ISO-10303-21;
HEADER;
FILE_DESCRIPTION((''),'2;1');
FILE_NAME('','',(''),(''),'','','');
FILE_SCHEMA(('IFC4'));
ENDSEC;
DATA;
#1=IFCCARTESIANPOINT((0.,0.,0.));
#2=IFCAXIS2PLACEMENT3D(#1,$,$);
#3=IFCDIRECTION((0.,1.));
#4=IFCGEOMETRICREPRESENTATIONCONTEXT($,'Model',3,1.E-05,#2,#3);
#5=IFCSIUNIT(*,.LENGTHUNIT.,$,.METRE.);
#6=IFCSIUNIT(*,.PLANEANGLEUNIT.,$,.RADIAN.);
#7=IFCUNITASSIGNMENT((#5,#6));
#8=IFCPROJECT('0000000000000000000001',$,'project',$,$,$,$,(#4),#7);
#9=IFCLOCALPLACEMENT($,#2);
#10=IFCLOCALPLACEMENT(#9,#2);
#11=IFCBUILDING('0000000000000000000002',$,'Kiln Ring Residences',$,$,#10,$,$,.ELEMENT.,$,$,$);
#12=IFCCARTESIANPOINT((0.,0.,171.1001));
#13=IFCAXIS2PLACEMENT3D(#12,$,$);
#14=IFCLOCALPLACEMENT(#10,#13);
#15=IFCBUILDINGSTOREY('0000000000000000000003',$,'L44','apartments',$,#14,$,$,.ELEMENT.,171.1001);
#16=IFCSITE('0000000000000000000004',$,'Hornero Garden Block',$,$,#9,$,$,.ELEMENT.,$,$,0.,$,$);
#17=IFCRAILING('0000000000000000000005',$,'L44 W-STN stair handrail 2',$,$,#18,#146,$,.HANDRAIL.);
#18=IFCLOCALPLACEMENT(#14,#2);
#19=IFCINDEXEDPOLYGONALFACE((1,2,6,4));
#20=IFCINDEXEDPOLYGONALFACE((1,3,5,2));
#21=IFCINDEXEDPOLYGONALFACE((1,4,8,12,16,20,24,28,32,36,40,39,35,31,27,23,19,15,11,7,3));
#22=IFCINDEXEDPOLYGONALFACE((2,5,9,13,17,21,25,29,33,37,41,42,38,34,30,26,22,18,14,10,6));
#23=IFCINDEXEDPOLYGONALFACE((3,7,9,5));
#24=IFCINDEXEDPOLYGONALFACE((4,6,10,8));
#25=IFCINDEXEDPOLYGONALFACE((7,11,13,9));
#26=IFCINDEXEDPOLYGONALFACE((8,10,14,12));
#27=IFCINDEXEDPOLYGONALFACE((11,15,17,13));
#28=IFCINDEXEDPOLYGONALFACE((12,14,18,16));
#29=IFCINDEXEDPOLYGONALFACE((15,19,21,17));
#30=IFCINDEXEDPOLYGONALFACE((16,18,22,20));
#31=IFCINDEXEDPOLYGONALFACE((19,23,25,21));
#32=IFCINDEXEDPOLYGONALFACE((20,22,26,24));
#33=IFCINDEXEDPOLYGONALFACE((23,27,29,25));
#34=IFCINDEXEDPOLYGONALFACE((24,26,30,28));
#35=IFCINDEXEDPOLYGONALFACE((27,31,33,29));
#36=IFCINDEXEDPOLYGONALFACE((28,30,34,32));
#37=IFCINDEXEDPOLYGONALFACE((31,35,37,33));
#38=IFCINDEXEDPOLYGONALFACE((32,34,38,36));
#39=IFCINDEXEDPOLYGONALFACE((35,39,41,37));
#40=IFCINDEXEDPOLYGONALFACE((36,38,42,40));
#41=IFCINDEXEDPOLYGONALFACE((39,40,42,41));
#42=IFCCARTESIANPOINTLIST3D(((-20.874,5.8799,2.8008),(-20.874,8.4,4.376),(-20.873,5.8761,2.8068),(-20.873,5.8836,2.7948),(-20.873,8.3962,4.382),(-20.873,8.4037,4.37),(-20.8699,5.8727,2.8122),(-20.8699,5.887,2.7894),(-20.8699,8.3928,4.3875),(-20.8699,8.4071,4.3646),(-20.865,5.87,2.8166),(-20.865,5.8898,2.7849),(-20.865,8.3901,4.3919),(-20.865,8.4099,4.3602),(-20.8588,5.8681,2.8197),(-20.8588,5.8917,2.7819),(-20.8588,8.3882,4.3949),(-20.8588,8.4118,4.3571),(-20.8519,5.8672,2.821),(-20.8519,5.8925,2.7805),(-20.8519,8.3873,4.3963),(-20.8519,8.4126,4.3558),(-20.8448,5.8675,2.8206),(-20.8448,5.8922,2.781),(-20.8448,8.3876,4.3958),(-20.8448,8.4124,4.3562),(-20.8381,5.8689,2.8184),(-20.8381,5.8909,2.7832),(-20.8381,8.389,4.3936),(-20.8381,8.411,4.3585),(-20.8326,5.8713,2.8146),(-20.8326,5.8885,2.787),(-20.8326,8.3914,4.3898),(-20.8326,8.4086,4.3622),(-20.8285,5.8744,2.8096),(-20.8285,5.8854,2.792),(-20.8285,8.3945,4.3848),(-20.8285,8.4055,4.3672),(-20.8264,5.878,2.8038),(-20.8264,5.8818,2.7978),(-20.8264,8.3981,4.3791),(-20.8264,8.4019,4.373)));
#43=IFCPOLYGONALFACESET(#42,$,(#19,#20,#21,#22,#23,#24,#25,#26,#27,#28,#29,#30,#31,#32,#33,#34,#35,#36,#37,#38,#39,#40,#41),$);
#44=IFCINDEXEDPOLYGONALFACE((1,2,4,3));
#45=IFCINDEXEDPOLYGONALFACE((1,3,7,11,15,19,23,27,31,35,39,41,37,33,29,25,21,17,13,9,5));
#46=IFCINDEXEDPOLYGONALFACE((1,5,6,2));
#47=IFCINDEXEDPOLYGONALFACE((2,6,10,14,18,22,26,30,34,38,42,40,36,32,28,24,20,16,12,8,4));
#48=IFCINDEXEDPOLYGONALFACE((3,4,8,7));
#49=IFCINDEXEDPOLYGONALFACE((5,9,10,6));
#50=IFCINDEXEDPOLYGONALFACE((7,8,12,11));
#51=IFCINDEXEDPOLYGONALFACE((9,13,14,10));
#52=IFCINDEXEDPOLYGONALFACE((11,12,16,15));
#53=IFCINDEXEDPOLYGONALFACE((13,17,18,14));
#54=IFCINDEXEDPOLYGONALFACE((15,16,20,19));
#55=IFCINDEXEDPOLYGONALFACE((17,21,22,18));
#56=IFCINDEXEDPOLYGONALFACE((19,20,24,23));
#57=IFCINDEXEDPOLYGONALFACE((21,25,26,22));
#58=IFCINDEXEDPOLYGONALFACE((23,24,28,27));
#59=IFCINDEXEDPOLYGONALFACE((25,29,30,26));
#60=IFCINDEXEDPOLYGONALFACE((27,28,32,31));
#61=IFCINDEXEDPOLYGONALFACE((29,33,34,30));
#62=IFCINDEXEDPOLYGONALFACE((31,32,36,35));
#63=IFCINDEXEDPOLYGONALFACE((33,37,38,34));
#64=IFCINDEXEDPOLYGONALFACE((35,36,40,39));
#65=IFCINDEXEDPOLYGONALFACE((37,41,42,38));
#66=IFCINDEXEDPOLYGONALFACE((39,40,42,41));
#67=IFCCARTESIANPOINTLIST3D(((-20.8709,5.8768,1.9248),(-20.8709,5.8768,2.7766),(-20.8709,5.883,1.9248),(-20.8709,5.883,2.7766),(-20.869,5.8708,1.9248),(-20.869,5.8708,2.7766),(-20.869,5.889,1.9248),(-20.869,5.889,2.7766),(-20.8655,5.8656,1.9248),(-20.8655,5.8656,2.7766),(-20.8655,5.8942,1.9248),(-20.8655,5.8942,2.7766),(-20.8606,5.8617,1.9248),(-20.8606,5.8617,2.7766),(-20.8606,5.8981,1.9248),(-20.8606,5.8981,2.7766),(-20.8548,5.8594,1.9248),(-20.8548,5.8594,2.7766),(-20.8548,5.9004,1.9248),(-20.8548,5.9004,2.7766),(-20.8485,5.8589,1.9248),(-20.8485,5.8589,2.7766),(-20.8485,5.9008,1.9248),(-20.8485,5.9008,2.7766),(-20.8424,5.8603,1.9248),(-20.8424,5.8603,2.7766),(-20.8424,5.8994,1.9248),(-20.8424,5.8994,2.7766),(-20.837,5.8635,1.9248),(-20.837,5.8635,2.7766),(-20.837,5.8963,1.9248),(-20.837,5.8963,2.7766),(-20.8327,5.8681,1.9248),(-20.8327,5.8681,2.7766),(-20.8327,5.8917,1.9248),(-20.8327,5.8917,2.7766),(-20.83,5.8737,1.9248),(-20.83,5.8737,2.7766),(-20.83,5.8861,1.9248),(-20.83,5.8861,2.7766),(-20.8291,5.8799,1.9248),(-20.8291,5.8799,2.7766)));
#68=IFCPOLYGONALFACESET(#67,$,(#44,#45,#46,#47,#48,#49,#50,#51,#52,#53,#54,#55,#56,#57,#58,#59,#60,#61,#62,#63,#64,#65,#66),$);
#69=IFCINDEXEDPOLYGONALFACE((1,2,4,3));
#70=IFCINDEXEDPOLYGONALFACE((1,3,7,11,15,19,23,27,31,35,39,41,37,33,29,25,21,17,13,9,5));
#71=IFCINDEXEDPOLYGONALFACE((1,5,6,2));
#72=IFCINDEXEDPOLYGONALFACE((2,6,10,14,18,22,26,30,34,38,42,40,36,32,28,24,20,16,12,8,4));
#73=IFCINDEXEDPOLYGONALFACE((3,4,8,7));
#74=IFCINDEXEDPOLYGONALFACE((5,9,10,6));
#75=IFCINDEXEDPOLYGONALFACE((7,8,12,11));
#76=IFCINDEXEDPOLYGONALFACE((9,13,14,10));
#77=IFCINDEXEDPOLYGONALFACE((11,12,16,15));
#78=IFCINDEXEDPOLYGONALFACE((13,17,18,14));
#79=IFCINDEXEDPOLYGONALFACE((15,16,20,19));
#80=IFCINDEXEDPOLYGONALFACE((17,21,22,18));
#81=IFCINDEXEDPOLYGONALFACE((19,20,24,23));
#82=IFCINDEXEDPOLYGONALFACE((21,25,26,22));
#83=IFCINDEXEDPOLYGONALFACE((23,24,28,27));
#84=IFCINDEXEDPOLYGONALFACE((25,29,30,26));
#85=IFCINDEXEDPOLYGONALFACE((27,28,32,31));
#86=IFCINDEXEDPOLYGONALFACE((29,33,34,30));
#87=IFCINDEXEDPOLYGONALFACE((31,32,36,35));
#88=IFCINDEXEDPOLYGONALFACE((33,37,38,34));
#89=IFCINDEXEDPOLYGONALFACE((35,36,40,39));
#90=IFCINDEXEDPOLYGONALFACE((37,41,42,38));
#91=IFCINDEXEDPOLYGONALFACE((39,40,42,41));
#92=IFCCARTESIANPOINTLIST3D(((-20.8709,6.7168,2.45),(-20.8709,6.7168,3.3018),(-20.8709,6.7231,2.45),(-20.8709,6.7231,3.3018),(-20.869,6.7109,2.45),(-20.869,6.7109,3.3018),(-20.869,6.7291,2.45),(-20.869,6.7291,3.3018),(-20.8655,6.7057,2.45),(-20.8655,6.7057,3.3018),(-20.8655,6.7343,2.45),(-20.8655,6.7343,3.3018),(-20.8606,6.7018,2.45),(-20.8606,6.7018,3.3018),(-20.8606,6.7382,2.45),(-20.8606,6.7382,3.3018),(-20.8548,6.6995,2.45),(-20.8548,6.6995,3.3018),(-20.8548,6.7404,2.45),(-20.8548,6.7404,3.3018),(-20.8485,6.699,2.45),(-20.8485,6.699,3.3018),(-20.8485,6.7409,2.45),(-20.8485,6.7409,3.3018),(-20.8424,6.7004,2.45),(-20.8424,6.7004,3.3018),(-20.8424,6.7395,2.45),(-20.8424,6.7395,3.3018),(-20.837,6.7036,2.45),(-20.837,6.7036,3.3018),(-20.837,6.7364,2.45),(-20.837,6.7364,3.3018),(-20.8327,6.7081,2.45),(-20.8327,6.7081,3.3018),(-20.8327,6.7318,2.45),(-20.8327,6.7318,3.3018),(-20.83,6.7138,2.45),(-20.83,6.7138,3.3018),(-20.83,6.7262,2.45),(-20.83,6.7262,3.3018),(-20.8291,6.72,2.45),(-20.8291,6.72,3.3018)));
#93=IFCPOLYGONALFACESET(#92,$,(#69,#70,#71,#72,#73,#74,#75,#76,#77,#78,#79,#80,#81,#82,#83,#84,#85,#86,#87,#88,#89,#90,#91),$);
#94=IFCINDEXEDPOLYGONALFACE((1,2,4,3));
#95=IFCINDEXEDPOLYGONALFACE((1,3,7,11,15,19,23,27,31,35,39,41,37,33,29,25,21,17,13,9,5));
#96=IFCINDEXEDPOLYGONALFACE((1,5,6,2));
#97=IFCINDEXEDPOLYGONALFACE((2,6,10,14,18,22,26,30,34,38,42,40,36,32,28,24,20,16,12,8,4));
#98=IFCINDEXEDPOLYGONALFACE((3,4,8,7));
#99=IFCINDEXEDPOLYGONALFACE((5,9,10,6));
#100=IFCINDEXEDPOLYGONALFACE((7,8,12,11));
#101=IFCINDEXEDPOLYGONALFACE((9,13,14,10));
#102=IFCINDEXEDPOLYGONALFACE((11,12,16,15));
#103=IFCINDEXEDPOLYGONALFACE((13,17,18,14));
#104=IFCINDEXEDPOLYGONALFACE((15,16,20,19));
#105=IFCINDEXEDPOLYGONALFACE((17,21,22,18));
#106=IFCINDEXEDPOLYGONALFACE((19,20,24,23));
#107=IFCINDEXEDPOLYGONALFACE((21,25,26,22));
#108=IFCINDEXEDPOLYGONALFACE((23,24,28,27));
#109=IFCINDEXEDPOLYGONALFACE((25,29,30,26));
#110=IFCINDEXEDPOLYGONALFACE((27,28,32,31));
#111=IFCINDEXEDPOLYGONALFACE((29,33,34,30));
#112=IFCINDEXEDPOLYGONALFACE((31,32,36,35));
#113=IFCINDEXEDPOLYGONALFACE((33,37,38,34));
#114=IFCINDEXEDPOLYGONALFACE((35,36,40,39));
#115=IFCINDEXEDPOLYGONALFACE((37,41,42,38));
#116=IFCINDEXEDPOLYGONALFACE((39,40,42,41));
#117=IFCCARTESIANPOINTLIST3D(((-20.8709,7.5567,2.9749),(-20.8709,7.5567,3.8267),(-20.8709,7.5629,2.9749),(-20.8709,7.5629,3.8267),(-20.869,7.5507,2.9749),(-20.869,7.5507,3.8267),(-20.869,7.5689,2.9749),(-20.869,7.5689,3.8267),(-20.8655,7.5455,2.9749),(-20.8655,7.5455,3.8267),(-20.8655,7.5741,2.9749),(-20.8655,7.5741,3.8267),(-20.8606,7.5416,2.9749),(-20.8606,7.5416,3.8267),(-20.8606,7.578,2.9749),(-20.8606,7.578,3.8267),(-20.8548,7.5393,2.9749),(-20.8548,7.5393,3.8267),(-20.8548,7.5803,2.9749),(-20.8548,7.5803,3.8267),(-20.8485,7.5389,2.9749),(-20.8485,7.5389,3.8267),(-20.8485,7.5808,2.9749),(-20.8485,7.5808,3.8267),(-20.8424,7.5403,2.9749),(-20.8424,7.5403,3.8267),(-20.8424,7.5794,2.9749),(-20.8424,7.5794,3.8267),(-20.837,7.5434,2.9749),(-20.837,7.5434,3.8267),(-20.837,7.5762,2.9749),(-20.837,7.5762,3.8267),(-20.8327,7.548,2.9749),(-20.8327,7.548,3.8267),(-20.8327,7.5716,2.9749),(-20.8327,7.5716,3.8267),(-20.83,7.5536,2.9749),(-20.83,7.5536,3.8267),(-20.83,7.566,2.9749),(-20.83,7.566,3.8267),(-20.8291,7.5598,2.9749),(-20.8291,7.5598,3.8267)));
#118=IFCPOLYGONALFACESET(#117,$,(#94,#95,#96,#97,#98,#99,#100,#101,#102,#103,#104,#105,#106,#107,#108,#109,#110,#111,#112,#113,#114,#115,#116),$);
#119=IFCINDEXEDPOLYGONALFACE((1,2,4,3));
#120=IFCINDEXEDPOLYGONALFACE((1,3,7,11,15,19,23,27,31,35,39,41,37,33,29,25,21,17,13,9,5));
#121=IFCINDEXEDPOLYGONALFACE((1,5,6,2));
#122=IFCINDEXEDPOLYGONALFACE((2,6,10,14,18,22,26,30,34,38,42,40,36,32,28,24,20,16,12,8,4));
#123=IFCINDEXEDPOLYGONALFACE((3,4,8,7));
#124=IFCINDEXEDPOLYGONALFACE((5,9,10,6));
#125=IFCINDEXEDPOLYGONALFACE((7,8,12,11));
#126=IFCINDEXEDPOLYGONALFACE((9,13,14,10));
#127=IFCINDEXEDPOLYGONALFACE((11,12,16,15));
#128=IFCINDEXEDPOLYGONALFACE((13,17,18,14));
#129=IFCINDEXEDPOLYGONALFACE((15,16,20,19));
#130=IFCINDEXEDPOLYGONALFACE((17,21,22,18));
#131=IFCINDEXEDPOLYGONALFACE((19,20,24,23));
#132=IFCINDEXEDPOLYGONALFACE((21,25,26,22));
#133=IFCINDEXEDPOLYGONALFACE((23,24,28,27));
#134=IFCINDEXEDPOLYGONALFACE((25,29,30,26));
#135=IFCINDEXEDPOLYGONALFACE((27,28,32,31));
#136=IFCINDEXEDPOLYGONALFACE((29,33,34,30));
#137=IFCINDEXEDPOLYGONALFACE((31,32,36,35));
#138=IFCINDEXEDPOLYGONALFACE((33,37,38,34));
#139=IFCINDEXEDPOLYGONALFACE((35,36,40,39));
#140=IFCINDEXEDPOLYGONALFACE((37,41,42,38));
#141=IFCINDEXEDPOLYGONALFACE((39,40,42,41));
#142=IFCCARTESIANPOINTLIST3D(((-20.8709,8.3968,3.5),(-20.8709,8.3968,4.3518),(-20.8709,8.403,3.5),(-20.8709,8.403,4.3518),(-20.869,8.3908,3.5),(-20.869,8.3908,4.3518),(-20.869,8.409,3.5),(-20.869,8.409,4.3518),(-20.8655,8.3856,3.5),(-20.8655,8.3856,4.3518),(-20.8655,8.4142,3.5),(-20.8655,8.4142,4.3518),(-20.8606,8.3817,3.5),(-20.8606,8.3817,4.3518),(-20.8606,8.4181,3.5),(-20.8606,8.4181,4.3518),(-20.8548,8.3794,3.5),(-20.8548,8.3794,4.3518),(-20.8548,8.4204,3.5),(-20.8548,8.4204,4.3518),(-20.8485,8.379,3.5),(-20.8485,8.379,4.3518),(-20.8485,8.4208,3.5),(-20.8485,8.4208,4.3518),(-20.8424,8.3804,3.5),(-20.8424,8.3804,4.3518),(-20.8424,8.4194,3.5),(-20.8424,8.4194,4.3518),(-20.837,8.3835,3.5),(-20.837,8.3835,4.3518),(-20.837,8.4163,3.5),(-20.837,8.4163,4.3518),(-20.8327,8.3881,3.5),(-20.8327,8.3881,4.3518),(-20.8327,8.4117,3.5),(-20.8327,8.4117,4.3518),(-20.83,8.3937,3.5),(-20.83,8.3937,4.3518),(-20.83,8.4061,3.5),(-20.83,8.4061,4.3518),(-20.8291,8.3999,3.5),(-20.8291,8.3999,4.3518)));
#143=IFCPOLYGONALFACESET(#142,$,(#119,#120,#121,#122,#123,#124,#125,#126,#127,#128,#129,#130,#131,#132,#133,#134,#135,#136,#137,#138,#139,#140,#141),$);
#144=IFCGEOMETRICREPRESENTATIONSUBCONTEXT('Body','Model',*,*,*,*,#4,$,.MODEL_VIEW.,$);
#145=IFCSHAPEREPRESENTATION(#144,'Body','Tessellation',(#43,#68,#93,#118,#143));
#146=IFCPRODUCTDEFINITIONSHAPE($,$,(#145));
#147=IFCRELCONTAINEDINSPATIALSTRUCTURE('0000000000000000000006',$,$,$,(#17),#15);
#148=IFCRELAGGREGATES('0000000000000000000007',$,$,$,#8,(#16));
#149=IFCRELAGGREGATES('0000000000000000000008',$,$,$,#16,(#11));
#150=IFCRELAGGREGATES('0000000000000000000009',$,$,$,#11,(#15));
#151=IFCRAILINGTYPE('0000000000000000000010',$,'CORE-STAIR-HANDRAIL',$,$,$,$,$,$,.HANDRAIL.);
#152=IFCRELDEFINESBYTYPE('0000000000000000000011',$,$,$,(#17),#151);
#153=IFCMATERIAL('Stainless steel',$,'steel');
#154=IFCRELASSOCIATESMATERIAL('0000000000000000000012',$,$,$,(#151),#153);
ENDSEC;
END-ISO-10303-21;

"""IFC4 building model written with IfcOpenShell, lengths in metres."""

from ifc_helpers import new_model, si_unit, direction, frame, origin, origin_2d, place, context, subcontext, project, spatial, circle, extrude, material, type_object, element, save


model = new_model("IFC4")

# Units and contexts
model_context = context("Model", 3, precision=1e-05, world=origin(), true_north=direction((0.0, 1.0)))
body_context = subcontext(model_context, "Body", "Model", "MODEL_VIEW")
ifc_project = project(units=[si_unit("LENGTHUNIT", "METRE"), si_unit("PLANEANGLEUNIT", "RADIAN")], contexts=[model_context])

# Site, building, storey
site_placement = place(None, origin())
site = spatial("IfcSite", under=ifc_project, at=site_placement, Name="Hornero Garden Block", CompositionType="ELEMENT", RefElevation=0.0)
building_placement = place(site_placement, origin())
building = spatial("IfcBuilding", under=site, at=building_placement, Name="Kiln Ring Residences", CompositionType="ELEMENT")
storey_placement = place(building_placement, frame((0.0, 0.0, 171.1001)))
storey = spatial("IfcBuildingStorey", under=building, at=storey_placement, Name="L44", Description="apartments", CompositionType="ELEMENT", Elevation=171.1001)

# Railing
ifc_material_1 = material(Name="Stainless steel", Category="steel")
railing_type_1 = type_object("IfcRailingType", Name="CORE-STAIR-HANDRAIL", PredefinedType="HANDRAIL", material=ifc_material_1)
railing_1_placement = place(storey_placement, frame((-20.8501, 5.8799, 1.9248)))
element("IfcRailing", 1, at=railing_1_placement, inside=storey, type_object=railing_type_1, Name="L44 W-STN stair handrail 2", PredefinedType="HANDRAIL", context=body_context, shape_type="SweptSolid", body=[
    extrude(circle(Radius=0.0239, at=origin_2d()), frame((0.0, 0.0, 0.876), z_axis=(0.0, 0.847971, 0.530043), x_axis=(-1.0, 0.0, 0.0)), (0.0, 0.0, 1.0), 2.9719),
    extrude(circle(Radius=0.021, at=origin_2d()), origin(), (0.0, 0.0, 1.0), 0.8518),
    extrude(circle(Radius=0.021, at=origin_2d()), frame((0.0, 0.8401, 0.5251)), (0.0, 0.0, 1.0), 0.8518),
    extrude(circle(Radius=0.021, at=origin_2d()), frame((0.0, 1.6799, 1.05)), (0.0, 0.0, 1.0), 0.8518),
    extrude(circle(Radius=0.021, at=origin_2d()), frame((0.0, 2.52, 1.5752)), (0.0, 0.0, 1.0), 0.8518),
])

save(model, "model.ifc")
